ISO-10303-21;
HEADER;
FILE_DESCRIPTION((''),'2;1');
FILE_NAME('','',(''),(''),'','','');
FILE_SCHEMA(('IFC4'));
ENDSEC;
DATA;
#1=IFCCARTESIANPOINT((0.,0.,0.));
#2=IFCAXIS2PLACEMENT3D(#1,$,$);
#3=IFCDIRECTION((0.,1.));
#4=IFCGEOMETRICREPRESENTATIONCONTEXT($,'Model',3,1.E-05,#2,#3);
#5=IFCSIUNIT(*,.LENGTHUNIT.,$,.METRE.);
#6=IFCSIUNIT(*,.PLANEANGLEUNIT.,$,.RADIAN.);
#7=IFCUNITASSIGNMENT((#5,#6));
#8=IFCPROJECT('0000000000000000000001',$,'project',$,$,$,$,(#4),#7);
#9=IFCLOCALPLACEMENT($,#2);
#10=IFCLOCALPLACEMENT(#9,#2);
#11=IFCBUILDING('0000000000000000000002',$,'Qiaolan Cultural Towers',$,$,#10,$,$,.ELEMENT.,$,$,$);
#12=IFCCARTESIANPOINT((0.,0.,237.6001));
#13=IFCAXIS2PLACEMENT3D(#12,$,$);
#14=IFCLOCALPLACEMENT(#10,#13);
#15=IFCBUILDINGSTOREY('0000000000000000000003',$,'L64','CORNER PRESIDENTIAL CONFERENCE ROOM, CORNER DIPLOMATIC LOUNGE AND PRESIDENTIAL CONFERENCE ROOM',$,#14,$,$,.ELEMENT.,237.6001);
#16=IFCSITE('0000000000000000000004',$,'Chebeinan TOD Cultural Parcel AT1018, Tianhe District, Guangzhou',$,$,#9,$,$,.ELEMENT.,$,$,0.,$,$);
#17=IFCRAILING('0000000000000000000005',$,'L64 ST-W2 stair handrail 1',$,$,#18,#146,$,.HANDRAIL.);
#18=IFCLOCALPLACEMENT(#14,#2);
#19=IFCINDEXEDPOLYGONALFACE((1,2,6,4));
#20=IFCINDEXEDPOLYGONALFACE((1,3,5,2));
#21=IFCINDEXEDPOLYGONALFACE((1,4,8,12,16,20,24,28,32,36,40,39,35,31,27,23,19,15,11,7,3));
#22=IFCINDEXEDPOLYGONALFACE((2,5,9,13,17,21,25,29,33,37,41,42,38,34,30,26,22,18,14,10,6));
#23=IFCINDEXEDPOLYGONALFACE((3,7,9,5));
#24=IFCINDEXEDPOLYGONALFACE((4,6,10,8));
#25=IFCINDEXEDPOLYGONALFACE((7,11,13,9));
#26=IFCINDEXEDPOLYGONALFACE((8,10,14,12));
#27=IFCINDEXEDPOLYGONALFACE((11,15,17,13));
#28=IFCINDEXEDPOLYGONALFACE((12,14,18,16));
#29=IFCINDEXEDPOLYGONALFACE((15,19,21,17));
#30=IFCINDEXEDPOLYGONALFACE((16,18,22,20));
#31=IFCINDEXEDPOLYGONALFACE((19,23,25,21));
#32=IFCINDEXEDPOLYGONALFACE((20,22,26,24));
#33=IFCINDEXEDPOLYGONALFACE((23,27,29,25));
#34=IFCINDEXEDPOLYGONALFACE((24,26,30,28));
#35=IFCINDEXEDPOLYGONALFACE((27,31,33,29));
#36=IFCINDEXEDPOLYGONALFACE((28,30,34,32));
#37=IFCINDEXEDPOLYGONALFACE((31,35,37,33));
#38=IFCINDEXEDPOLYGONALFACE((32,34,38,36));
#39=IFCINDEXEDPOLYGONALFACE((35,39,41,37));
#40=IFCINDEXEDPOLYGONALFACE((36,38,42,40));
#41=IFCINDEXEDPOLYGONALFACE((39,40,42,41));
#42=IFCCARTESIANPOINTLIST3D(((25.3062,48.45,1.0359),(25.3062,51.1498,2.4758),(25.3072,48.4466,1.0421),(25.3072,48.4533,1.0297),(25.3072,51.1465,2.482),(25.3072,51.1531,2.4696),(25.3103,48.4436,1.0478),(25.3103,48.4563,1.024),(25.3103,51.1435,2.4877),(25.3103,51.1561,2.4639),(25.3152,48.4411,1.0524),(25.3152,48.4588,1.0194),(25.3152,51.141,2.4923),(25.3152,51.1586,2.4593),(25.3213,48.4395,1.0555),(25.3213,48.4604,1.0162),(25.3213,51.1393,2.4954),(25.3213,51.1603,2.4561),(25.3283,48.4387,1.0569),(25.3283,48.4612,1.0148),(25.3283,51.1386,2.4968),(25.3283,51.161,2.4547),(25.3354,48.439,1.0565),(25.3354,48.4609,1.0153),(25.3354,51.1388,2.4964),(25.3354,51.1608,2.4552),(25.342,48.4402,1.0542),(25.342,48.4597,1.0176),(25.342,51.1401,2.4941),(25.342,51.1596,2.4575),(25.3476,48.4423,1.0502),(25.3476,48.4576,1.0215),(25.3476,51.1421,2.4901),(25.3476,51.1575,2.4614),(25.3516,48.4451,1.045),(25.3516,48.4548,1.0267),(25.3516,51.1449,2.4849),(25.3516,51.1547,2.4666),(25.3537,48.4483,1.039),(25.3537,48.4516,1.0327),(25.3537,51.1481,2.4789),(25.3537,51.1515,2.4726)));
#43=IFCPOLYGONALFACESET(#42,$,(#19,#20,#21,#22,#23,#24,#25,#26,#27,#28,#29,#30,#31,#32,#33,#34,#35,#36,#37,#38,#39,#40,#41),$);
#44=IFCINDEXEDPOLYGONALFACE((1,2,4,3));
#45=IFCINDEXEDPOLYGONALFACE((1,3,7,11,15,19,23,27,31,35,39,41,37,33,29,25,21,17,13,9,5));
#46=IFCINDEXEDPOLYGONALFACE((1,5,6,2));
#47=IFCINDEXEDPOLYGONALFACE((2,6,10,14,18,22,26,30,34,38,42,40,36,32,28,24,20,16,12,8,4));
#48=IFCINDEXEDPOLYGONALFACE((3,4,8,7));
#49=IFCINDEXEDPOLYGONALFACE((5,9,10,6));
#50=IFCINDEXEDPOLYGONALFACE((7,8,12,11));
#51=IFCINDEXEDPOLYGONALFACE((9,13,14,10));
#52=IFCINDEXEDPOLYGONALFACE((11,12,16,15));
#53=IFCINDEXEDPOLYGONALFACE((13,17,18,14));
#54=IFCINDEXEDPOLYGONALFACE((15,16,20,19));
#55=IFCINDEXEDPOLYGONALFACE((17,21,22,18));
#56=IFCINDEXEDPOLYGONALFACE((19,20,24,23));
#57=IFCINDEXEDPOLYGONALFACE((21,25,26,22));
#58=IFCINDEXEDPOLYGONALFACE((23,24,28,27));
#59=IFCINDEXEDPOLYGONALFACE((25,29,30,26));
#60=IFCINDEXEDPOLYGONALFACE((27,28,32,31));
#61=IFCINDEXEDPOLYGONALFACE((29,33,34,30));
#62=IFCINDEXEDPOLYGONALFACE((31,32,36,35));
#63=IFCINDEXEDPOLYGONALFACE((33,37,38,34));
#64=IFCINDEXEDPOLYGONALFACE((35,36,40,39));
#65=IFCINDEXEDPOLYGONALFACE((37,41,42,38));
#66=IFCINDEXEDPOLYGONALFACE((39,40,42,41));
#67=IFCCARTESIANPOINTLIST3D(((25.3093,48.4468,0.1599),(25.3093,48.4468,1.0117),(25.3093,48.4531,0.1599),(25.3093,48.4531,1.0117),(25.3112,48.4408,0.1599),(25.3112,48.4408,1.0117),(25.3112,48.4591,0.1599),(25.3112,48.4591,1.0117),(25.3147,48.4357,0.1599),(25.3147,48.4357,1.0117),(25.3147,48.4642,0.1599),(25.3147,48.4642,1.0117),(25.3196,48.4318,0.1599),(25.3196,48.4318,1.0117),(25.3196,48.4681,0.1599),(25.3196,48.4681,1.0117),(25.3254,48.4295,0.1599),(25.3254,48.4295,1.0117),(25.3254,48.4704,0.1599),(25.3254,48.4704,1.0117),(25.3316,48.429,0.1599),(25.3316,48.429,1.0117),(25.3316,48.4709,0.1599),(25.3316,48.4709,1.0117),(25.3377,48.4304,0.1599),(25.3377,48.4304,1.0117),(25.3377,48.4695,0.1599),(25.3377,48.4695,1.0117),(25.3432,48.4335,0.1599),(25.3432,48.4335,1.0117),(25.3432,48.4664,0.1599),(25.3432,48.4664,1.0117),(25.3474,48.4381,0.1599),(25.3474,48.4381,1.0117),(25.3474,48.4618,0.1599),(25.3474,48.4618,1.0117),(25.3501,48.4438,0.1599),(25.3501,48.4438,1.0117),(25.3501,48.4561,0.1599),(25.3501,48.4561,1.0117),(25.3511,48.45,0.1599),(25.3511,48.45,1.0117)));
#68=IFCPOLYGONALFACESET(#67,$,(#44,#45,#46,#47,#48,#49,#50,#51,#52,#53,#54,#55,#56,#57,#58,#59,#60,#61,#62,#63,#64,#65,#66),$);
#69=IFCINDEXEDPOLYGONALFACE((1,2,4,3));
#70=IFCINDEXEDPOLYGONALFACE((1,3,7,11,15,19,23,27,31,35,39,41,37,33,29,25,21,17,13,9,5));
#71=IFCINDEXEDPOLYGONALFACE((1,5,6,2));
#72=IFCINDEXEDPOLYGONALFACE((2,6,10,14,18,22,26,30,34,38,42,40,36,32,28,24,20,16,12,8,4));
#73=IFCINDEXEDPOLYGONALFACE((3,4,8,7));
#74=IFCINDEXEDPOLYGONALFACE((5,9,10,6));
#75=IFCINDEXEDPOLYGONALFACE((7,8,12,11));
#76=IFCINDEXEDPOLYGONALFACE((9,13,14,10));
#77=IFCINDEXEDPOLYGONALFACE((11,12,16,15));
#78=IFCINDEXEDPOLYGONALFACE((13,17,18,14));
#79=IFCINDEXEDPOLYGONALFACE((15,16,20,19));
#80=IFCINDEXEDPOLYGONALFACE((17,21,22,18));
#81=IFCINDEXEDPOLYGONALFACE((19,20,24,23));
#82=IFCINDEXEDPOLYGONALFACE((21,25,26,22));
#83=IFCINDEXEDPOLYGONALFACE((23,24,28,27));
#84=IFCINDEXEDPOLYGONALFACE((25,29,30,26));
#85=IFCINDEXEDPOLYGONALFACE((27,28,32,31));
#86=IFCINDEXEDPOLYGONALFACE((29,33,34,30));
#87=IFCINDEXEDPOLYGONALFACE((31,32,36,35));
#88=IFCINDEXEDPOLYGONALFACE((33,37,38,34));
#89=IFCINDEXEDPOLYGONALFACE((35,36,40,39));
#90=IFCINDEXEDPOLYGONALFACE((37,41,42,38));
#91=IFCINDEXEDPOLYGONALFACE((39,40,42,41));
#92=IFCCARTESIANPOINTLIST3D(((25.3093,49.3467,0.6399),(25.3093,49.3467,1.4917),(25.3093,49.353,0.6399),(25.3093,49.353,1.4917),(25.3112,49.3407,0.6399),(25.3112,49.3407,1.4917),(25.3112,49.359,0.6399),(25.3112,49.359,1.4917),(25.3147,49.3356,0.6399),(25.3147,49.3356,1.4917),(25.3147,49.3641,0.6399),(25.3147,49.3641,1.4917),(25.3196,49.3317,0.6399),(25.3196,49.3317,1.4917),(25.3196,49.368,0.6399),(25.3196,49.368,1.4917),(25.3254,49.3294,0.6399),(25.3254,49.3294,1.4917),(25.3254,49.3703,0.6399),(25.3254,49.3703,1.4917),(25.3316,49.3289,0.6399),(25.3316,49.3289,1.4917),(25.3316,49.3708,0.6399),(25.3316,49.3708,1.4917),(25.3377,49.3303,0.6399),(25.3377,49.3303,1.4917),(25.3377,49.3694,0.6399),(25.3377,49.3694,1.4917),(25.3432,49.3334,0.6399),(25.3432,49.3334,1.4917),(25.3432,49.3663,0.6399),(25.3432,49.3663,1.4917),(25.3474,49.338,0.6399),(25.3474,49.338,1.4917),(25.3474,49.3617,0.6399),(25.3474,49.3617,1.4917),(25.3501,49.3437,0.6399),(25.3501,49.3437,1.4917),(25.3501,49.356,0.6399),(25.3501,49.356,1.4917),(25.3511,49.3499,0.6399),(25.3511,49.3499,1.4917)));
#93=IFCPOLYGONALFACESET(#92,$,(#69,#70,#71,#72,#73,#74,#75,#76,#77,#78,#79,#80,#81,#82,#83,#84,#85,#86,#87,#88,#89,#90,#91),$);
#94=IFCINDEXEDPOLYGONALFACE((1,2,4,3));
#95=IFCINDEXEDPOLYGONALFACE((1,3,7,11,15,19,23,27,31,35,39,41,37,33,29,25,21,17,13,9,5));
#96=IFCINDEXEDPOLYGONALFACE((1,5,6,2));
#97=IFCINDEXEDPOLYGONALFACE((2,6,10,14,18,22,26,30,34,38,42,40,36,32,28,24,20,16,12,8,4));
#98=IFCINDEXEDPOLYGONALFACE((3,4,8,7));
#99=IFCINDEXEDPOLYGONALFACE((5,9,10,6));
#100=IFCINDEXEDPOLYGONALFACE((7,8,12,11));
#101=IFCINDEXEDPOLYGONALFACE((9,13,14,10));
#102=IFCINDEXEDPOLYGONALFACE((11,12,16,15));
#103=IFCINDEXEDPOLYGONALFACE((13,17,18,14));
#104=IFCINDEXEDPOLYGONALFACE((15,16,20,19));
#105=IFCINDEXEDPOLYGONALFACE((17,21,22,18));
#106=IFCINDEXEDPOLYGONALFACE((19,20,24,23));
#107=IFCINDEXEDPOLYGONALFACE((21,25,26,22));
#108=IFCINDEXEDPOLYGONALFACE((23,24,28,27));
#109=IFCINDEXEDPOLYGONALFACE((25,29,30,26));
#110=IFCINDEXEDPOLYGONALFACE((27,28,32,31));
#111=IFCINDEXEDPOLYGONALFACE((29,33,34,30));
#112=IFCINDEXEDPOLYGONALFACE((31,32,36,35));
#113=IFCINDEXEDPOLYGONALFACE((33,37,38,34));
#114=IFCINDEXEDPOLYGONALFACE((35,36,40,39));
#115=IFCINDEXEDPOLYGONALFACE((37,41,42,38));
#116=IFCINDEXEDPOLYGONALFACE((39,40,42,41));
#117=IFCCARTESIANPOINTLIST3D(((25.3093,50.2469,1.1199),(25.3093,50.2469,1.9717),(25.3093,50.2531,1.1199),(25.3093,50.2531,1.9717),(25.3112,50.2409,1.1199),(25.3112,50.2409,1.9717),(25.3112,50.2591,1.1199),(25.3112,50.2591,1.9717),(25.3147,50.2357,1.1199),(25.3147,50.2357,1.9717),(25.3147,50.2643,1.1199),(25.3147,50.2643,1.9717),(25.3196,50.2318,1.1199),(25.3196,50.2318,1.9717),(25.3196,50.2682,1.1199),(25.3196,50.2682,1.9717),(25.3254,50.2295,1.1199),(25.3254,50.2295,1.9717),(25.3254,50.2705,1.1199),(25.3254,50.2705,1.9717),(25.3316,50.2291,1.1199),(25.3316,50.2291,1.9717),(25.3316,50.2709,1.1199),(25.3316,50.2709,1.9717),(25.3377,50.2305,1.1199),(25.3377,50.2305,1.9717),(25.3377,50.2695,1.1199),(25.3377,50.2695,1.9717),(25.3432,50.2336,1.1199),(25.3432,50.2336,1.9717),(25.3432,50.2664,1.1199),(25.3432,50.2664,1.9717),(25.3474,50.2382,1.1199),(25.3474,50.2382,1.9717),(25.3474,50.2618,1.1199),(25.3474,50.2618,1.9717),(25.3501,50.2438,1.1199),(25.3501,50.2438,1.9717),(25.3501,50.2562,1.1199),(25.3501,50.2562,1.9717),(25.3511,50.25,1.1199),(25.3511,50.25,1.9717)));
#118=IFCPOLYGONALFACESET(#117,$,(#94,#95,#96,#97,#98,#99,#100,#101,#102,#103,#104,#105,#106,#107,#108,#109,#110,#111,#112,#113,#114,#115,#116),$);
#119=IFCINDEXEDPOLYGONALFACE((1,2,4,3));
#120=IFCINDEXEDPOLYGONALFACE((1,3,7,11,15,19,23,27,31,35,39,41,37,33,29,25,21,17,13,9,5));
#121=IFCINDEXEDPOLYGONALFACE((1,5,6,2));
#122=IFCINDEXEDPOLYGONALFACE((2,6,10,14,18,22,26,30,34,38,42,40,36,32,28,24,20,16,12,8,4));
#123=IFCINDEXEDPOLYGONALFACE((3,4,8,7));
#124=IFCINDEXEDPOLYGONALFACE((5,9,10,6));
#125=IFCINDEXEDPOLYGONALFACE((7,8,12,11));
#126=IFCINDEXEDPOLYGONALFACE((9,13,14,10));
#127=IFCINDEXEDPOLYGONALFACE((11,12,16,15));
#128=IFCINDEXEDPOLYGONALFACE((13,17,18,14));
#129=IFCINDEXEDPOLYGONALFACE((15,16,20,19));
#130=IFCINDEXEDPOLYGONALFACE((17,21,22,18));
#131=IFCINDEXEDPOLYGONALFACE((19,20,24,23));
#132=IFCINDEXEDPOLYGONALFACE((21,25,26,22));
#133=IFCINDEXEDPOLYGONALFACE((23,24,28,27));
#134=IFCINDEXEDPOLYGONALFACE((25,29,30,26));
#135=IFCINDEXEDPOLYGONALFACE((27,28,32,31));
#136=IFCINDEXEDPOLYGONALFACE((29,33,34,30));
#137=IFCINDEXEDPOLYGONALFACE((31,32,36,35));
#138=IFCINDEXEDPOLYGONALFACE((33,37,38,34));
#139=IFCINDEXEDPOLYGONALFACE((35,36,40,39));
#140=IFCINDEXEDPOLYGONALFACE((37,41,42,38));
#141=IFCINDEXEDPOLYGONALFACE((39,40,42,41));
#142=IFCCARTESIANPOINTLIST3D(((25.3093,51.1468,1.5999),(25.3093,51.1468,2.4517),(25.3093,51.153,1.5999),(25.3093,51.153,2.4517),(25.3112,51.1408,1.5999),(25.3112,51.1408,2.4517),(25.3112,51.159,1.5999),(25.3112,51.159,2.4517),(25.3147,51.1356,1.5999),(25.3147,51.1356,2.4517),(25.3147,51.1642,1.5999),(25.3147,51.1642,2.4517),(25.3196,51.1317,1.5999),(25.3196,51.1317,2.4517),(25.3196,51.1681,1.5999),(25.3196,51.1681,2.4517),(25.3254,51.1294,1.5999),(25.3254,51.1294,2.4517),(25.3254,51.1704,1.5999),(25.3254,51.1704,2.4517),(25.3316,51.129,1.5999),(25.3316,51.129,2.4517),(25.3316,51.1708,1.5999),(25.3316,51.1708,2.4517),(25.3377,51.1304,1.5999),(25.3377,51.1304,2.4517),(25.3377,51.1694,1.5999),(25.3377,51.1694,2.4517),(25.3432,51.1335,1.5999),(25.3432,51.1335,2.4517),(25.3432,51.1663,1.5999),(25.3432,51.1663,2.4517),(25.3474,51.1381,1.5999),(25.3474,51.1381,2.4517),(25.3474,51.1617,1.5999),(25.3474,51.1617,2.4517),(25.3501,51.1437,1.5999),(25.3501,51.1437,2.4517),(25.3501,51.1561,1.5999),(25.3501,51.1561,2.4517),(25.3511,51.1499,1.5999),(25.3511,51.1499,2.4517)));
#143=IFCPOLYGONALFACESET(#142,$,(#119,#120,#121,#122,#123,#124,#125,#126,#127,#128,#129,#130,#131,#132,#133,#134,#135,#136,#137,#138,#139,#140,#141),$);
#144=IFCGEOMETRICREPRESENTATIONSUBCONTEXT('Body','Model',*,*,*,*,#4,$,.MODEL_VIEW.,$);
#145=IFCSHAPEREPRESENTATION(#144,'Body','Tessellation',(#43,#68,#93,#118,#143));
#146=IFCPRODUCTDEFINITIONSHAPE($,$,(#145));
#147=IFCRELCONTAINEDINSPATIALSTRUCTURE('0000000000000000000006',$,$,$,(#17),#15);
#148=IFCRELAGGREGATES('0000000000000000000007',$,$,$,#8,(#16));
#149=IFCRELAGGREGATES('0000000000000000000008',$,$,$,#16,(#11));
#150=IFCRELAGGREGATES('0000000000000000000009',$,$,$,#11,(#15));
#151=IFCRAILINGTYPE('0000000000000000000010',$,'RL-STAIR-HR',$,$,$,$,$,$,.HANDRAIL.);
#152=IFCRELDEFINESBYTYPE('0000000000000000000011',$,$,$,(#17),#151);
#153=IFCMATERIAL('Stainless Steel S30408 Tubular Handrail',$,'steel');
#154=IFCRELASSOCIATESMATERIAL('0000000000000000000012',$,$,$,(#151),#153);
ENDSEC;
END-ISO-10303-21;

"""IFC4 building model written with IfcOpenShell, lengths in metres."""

from ifc_helpers import new_model, si_unit, direction, frame, origin, origin_2d, place, context, subcontext, project, spatial, circle, extrude, material, type_object, element, save


model = new_model("IFC4")

# Units and contexts
model_context = context("Model", 3, precision=1e-05, world=origin(), true_north=direction((0.0, 1.0)))
body_context = subcontext(model_context, "Body", "Model", "MODEL_VIEW")
ifc_project = project(units=[si_unit("LENGTHUNIT", "METRE"), si_unit("PLANEANGLEUNIT", "RADIAN")], contexts=[model_context])

# Site, building, storey
site_placement = place(None, origin())
site = spatial("IfcSite", under=ifc_project, at=site_placement, Name="Chebeinan TOD Cultural Parcel AT1018, Tianhe District, Guangzhou", CompositionType="ELEMENT", RefElevation=0.0)
building_placement = place(site_placement, origin())
building = spatial("IfcBuilding", under=site, at=building_placement, Name="Qiaolan Cultural Towers", CompositionType="ELEMENT")
storey_placement = place(building_placement, frame((0.0, 0.0, 237.6001)))
storey = spatial("IfcBuildingStorey", under=building, at=storey_placement, Name="L64", Description="CORNER PRESIDENTIAL CONFERENCE ROOM, CORNER DIPLOMATIC LOUNGE AND PRESIDENTIAL CONFERENCE ROOM", CompositionType="ELEMENT", Elevation=237.6001)

# Railing
ifc_material_1 = material(Name="Stainless Steel S30408 Tubular Handrail", Category="steel")
railing_type_1 = type_object("IfcRailingType", Name="RL-STAIR-HR", PredefinedType="HANDRAIL", material=ifc_material_1)
railing_1_placement = place(storey_placement, frame((25.3301, 48.45, 0.1599)))
element("IfcRailing", 1, at=railing_1_placement, inside=storey, type_object=railing_type_1, Name="L64 ST-W2 stair handrail 1", PredefinedType="HANDRAIL", context=body_context, shape_type="SweptSolid", body=[
    extrude(circle(Radius=0.0239, at=origin_2d()), frame((0.0, 0.0, 0.876), z_axis=(0.0, 0.882357, 0.47058), x_axis=(-1.0, 0.0, 0.0)), (0.0, 0.0, 1.0), 3.0598),
    extrude(circle(Radius=0.021, at=origin_2d()), origin(), (0.0, 0.0, 1.0), 0.8518),
    extrude(circle(Radius=0.021, at=origin_2d()), frame((0.0, 0.8999, 0.48)), (0.0, 0.0, 1.0), 0.8518),
    extrude(circle(Radius=0.021, at=origin_2d()), frame((0.0, 1.8, 0.96)), (0.0, 0.0, 1.0), 0.8518),
    extrude(circle(Radius=0.021, at=origin_2d()), frame((0.0, 2.7, 1.4399)), (0.0, 0.0, 1.0), 0.8518),
])

save(model, "model.ifc")
